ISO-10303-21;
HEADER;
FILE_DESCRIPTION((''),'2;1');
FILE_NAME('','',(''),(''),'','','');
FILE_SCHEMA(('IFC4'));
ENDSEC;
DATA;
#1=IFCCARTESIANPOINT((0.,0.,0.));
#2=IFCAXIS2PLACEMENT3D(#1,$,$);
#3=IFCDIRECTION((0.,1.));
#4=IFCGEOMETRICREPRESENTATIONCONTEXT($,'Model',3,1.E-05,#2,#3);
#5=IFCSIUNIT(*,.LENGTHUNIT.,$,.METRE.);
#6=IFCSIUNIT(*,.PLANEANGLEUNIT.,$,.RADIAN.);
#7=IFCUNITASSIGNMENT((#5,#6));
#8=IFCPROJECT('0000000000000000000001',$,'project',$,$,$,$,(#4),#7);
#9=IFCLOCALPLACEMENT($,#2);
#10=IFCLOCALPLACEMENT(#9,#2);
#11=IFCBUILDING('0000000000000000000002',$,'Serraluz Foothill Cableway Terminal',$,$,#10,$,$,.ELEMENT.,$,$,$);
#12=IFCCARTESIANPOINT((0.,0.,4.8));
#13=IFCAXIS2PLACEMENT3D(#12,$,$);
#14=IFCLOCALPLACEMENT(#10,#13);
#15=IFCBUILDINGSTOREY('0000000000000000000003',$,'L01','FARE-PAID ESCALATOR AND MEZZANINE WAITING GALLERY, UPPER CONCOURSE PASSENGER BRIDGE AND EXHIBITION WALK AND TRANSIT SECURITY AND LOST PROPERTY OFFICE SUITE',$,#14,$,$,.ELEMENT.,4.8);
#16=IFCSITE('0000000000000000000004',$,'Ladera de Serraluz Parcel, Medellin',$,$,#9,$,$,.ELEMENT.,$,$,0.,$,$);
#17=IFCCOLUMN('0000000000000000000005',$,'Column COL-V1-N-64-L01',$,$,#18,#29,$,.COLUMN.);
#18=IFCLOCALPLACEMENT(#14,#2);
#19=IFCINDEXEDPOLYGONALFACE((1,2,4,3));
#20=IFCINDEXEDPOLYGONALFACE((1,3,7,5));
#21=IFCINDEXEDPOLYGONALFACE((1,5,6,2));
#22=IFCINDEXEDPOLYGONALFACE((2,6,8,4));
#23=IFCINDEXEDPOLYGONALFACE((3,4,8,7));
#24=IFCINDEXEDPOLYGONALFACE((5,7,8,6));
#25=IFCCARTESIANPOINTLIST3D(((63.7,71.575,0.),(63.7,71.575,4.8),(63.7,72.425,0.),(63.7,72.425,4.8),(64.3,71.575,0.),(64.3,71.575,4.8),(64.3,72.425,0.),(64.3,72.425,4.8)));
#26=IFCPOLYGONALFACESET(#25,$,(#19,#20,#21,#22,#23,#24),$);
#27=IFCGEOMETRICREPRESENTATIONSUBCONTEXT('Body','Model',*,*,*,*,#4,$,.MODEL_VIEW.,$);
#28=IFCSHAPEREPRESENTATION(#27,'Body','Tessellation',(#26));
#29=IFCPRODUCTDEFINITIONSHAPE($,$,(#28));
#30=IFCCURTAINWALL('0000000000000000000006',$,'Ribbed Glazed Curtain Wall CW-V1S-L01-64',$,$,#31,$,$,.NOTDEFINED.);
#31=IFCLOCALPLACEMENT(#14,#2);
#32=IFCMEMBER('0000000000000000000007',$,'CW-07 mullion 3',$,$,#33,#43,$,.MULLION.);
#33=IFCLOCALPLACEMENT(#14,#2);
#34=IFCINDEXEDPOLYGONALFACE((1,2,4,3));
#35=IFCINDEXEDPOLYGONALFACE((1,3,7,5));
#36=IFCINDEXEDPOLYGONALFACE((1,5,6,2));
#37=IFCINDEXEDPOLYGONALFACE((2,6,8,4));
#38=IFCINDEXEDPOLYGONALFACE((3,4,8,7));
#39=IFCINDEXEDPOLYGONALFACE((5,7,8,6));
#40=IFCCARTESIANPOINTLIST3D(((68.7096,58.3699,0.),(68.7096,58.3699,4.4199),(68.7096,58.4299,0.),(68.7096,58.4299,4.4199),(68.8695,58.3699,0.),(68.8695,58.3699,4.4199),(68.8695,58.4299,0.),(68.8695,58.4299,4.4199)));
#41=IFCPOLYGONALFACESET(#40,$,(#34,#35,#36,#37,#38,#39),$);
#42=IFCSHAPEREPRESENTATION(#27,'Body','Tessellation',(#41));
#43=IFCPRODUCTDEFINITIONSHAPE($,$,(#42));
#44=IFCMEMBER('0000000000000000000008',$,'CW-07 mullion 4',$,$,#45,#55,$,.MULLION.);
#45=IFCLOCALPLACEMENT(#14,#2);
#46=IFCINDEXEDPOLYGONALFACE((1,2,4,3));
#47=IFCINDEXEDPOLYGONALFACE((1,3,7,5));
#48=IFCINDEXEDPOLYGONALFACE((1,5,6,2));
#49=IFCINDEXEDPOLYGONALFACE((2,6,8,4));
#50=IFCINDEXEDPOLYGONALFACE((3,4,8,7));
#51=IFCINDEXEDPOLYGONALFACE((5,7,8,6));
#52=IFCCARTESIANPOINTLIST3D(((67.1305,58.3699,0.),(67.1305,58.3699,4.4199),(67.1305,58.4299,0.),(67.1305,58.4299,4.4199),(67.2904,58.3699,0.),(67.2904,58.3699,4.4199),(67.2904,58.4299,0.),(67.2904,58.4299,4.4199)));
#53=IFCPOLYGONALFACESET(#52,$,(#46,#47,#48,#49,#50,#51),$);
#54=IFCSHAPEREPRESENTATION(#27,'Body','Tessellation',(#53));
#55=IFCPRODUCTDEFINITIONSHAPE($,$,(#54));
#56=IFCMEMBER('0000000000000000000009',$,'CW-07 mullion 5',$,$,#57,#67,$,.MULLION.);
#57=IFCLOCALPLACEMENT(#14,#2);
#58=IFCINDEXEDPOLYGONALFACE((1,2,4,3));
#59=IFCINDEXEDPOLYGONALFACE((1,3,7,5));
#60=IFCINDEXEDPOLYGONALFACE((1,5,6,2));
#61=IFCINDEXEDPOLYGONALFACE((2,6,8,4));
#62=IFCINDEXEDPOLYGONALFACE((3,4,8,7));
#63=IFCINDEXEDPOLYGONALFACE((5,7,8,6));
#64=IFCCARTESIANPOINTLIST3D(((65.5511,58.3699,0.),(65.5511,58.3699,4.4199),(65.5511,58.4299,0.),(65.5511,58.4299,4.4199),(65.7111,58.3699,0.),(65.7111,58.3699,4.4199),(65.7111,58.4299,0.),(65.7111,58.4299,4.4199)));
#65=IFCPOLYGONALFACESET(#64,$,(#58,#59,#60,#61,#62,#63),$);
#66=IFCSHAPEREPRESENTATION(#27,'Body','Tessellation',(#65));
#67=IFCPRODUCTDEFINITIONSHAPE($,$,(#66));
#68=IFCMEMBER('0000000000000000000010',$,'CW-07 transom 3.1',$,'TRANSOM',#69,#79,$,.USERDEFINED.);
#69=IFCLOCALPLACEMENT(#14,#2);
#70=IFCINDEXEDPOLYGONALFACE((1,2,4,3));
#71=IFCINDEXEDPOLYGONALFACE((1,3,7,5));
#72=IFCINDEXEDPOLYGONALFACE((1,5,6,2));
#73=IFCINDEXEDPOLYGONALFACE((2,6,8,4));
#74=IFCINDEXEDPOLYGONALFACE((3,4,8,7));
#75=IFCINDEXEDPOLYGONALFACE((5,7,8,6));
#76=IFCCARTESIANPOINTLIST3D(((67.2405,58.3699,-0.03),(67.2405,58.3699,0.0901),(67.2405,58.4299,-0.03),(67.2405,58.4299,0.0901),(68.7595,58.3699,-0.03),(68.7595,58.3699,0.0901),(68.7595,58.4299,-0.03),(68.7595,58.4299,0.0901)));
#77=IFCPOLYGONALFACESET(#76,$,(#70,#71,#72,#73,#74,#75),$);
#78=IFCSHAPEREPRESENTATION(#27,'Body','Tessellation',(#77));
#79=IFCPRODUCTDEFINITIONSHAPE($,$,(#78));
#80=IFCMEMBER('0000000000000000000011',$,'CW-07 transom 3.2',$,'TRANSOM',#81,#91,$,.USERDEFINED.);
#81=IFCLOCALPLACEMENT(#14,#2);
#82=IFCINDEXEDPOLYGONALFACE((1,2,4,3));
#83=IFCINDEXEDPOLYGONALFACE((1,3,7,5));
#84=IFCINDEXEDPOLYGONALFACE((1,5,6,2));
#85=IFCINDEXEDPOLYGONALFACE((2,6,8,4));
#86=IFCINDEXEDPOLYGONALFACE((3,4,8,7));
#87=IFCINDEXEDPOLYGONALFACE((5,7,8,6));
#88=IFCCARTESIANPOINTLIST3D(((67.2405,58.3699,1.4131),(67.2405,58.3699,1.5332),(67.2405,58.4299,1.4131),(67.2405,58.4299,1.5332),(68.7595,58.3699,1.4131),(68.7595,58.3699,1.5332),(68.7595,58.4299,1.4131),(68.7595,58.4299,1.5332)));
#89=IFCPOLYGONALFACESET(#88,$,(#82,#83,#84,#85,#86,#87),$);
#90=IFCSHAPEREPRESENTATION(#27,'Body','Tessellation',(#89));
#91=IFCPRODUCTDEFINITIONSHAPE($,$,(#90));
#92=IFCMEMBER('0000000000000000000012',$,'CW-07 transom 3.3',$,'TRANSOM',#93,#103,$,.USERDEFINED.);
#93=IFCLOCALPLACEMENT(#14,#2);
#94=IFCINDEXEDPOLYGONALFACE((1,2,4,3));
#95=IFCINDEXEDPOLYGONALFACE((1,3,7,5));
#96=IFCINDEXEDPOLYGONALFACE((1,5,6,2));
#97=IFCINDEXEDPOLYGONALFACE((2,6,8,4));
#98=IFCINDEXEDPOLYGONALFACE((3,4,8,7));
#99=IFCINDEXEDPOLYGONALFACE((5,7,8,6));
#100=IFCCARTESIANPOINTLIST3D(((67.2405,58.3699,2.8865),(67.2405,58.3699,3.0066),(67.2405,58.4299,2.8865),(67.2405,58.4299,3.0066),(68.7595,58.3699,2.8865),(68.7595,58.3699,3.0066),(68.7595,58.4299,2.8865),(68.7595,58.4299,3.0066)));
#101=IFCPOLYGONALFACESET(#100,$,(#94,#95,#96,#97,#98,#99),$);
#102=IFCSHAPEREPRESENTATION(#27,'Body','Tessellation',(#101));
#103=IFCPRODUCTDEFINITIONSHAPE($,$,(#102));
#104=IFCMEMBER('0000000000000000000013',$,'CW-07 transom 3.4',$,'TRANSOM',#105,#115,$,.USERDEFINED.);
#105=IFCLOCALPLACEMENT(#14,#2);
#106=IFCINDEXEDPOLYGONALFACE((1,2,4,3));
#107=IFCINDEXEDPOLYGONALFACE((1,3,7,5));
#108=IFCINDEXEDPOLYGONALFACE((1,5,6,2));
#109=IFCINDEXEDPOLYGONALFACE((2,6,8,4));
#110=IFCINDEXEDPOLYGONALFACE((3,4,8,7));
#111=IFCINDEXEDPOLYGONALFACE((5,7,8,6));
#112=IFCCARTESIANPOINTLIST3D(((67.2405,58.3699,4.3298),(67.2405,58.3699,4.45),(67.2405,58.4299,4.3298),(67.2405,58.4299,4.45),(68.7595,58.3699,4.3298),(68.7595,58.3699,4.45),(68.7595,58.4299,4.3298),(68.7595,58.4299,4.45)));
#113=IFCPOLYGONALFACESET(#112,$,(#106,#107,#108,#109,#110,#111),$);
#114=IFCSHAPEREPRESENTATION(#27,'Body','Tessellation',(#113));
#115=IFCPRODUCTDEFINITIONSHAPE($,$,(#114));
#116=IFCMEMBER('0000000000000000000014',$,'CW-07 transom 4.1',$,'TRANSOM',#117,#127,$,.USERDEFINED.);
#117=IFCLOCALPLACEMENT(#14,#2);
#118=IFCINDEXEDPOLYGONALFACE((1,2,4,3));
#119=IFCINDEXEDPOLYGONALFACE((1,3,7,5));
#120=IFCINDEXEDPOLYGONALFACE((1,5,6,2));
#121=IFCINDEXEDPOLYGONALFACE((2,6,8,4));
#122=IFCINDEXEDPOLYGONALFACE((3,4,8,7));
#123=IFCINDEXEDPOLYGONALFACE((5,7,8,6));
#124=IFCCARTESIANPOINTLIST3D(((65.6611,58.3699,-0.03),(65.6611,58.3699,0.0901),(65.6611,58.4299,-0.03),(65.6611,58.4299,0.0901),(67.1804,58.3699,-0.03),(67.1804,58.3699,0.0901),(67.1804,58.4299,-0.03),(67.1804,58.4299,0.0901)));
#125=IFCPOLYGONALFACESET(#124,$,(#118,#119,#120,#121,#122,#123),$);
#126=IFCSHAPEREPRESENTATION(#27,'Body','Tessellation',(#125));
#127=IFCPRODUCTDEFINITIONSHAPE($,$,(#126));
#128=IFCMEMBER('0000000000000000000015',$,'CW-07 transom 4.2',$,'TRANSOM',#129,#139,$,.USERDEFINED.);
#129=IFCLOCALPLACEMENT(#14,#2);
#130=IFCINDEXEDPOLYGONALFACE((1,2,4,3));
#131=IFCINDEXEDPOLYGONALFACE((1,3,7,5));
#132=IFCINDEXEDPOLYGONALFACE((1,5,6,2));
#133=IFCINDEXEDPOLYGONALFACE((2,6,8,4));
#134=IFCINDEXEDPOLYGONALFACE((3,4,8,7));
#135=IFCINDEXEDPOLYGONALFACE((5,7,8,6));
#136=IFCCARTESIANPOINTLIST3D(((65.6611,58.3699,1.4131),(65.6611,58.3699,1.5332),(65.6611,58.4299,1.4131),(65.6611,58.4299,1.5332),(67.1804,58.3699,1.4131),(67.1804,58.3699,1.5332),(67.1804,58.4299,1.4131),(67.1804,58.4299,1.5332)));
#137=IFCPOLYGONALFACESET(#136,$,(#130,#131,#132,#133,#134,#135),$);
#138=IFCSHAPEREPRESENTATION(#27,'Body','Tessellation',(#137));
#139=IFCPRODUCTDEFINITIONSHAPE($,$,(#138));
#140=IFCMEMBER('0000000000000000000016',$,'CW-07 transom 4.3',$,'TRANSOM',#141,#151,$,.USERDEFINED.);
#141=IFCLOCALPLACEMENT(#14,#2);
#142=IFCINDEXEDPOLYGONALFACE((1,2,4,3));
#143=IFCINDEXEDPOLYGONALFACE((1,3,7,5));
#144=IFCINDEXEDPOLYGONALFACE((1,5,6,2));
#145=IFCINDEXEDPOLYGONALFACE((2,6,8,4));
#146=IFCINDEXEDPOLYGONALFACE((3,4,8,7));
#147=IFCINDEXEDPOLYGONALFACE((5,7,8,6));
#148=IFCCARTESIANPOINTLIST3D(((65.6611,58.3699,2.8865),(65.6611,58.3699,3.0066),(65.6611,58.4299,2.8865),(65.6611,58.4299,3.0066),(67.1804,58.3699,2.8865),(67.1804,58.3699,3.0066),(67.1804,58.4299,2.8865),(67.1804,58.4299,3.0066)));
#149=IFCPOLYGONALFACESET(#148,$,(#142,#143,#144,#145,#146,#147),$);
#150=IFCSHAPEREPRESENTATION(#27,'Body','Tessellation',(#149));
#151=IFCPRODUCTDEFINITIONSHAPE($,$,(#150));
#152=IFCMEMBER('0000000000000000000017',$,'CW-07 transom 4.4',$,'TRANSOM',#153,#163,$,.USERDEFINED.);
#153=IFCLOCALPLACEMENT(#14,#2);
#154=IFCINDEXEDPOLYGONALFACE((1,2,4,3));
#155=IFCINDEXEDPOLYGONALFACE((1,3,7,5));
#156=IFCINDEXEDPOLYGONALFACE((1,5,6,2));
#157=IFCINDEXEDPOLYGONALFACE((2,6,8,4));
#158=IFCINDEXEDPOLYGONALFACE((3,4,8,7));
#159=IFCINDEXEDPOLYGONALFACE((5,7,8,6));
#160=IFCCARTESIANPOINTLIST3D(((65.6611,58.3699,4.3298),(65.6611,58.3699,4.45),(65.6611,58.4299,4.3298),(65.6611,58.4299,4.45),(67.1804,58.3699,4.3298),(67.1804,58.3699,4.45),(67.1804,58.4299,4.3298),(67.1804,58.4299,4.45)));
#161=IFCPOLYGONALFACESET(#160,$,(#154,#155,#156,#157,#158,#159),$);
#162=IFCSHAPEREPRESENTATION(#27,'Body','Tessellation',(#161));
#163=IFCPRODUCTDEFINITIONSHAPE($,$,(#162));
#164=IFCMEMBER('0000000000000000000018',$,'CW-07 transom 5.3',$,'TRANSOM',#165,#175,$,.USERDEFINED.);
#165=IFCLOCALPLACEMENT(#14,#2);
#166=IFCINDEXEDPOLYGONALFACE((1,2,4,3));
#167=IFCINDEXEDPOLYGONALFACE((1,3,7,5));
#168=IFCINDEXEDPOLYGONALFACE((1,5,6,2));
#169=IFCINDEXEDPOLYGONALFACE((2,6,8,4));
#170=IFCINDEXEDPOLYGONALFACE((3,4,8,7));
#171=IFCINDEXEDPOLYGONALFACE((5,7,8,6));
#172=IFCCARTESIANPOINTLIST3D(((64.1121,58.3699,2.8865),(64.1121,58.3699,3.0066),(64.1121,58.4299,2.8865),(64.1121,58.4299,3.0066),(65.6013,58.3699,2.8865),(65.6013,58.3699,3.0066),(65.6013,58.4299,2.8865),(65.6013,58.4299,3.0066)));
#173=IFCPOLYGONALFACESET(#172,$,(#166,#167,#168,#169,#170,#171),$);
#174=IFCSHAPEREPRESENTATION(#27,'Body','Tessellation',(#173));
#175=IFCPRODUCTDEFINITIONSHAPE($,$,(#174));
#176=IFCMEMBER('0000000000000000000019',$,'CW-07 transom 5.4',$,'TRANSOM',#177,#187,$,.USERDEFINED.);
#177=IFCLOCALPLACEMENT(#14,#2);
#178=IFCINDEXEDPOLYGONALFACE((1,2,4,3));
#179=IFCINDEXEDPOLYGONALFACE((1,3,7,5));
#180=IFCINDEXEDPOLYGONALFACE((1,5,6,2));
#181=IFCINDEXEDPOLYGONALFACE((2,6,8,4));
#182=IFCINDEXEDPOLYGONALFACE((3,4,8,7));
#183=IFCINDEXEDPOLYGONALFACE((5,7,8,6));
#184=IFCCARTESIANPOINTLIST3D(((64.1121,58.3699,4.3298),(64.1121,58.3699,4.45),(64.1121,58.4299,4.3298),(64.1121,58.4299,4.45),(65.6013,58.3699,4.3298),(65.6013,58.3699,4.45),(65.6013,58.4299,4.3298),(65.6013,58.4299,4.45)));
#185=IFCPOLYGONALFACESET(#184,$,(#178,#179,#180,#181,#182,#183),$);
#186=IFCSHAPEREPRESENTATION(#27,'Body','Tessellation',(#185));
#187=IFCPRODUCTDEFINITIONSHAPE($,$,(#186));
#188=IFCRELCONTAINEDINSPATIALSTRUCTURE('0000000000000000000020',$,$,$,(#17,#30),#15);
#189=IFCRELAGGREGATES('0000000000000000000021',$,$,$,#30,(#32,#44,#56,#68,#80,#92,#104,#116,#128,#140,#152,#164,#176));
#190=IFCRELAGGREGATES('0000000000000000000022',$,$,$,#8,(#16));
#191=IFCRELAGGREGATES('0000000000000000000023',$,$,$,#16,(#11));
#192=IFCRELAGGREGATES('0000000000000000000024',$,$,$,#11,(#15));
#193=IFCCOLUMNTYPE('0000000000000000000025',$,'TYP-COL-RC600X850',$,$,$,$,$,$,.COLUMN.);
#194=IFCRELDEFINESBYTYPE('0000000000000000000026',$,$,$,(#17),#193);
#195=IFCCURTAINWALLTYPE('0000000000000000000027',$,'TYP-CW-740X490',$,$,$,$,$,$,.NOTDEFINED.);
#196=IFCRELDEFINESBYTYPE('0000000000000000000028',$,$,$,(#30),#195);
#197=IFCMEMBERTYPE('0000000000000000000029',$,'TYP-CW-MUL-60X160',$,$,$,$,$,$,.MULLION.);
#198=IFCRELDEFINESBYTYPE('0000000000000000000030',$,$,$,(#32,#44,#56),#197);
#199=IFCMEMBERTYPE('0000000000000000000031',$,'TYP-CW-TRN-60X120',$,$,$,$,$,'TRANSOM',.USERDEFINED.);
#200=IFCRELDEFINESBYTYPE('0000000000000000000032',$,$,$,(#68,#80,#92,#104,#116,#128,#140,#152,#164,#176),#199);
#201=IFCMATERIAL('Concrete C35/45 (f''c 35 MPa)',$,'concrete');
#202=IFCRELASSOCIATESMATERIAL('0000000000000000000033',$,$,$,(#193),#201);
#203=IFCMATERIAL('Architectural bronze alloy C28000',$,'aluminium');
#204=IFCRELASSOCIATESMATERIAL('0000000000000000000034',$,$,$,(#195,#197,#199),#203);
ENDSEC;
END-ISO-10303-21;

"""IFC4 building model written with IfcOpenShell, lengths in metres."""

from ifc_helpers import new_model, si_unit, direction, frame, origin, origin_2d, place, context, subcontext, project, spatial, rectangle, extrude, material, material_profile, profile_set, type_object, element, aggregate, save


model = new_model("IFC4")

# Units and contexts
model_context = context("Model", 3, precision=1e-05, world=origin(), true_north=direction((0.0, 1.0)))
body_context = subcontext(model_context, "Body", "Model", "MODEL_VIEW")
ifc_project = project(units=[si_unit("LENGTHUNIT", "METRE"), si_unit("PLANEANGLEUNIT", "RADIAN")], contexts=[model_context])

# Site, building, storey
site_placement = place(None, origin())
site = spatial("IfcSite", under=ifc_project, at=site_placement, Name="Ladera de Serraluz Parcel, Medellin", CompositionType="ELEMENT", RefElevation=0.0)
building_placement = place(site_placement, origin())
building = spatial("IfcBuilding", under=site, at=building_placement, Name="Serraluz Foothill Cableway Terminal", CompositionType="ELEMENT")
storey_placement = place(building_placement, frame((0.0, 0.0, 4.8)))
storey = spatial("IfcBuildingStorey", under=building, at=storey_placement, Name="L01", Description="FARE-PAID ESCALATOR AND MEZZANINE WAITING GALLERY, UPPER CONCOURSE PASSENGER BRIDGE AND EXHIBITION WALK AND TRANSIT SECURITY AND LOST PROPERTY OFFICE SUITE", CompositionType="ELEMENT", Elevation=4.8)

# Column
ifc_material_1 = material(Name="Concrete C35/45 (f'c 35 MPa)", Category="concrete")
ifc_material_profile_1 = material_profile(ifc_material_1, rectangle(XDim=0.6001, YDim=0.8501, at=origin_2d()), Name="RC 600x850")
ifc_profile_set_1 = profile_set([ifc_material_profile_1], Name="Concrete C35/45 (f'c 35 MPa)")
column_type = type_object("IfcColumnType", Name="TYP-COL-RC600X850", PredefinedType="COLUMN", material=ifc_profile_set_1)
column_placement = place(storey_placement, frame((64.0, 72.0, 0.0), z_axis=(0.0, 0.0, 1.0), x_axis=(1.0, 0.0, 0.0)))
element("IfcColumn", 1, at=column_placement, inside=storey, type_object=column_type, Name="Column COL-V1-N-64-L01", PredefinedType="COLUMN", context=body_context, shape_type="SweptSolid", body=[
    extrude(rectangle(XDim=0.6001, YDim=0.8501, at=origin_2d()), origin(), (0.0, 0.0, 1.0), 4.8),
])

# Curtain wall, members
ifc_material_2 = material(Name="Architectural bronze alloy C28000", Category="aluminium")
curtain_wall_type = type_object("IfcCurtainWallType", Name="TYP-CW-740X490", PredefinedType="NOTDEFINED", material=ifc_material_2)
curtain_wall_placement = place(storey_placement, origin())
curtain_wall = element("IfcCurtainWall", 2, at=curtain_wall_placement, inside=storey, type_object=curtain_wall_type, Name="Ribbed Glazed Curtain Wall CW-V1S-L01-64", PredefinedType="NOTDEFINED")
ifc_material_profile_2 = material_profile(ifc_material_2, rectangle(XDim=0.0601, YDim=0.1599, at=origin_2d()), Name="ALU MULLION 60x160")
ifc_profile_set_2 = profile_set([ifc_material_profile_2], Name="Architectural bronze alloy C28000")
member_type_1 = type_object("IfcMemberType", Name="TYP-CW-MUL-60X160", PredefinedType="MULLION", material=ifc_profile_set_2)
member_1_placement = place(storey_placement, frame((68.7896, 58.3999, 0.0), z_axis=(0.0, 0.0, 1.0), x_axis=(0.0, -1.0, 0.0)))
member_1 = element("IfcMember", 3, at=member_1_placement, type_object=member_type_1, Name="CW-07 mullion 3", PredefinedType="MULLION", context=body_context, shape_type="SweptSolid", body=[
    extrude(rectangle(XDim=0.0601, YDim=0.1599, at=origin_2d()), origin(), (0.0, 0.0, 1.0), 4.4199),
])
member_2_placement = place(storey_placement, frame((67.2104, 58.3999, 0.0), z_axis=(0.0, 0.0, 1.0), x_axis=(0.0, -1.0, 0.0)))
member_2 = element("IfcMember", 4, at=member_2_placement, type_object=member_type_1, Name="CW-07 mullion 4", PredefinedType="MULLION", context=body_context, shape_type="SweptSolid", body=[
    extrude(rectangle(XDim=0.0601, YDim=0.1599, at=origin_2d()), origin(), (0.0, 0.0, 1.0), 4.4199),
])
member_3_placement = place(storey_placement, frame((65.6311, 58.3999, 0.0), z_axis=(0.0, 0.0, 1.0), x_axis=(0.0, -1.0, 0.0)))
member_3 = element("IfcMember", 5, at=member_3_placement, type_object=member_type_1, Name="CW-07 mullion 5", PredefinedType="MULLION", context=body_context, shape_type="SweptSolid", body=[
    extrude(rectangle(XDim=0.0601, YDim=0.1599, at=origin_2d()), origin(), (0.0, 0.0, 1.0), 4.4199),
])
ifc_material_profile_3 = material_profile(ifc_material_2, rectangle(XDim=0.0601, YDim=0.1201, at=origin_2d()), Name="ALU TRANSOM 60x120")
ifc_profile_set_3 = profile_set([ifc_material_profile_3], Name="Architectural bronze alloy C28000")
member_type_2 = type_object("IfcMemberType", Name="TYP-CW-TRN-60X120", ElementType="TRANSOM", PredefinedType="USERDEFINED", material=ifc_profile_set_3)
member_4_placement = place(storey_placement, frame((68.7595, 58.3999, 0.03), z_axis=(-1.0, 0.0, 0.0), x_axis=(0.0, -1.0, 0.0)))
member_4 = element("IfcMember", 6, at=member_4_placement, type_object=member_type_2, Name="CW-07 transom 3.1", ObjectType="TRANSOM", PredefinedType="USERDEFINED", context=body_context, shape_type="SweptSolid", body=[
    extrude(rectangle(XDim=0.0601, YDim=0.1201, at=origin_2d()), origin(), (0.0, 0.0, 1.0), 1.519),
])
member_5_placement = place(storey_placement, frame((68.7595, 58.3999, 1.4731), z_axis=(-1.0, 0.0, 0.0), x_axis=(0.0, -1.0, 0.0)))
member_5 = element("IfcMember", 7, at=member_5_placement, type_object=member_type_2, Name="CW-07 transom 3.2", ObjectType="TRANSOM", PredefinedType="USERDEFINED", context=body_context, shape_type="SweptSolid", body=[
    extrude(rectangle(XDim=0.0601, YDim=0.1201, at=origin_2d()), origin(), (0.0, 0.0, 1.0), 1.519),
])
member_6_placement = place(storey_placement, frame((68.7595, 58.3999, 2.9465), z_axis=(-1.0, 0.0, 0.0), x_axis=(0.0, -1.0, 0.0)))
member_6 = element("IfcMember", 8, at=member_6_placement, type_object=member_type_2, Name="CW-07 transom 3.3", ObjectType="TRANSOM", PredefinedType="USERDEFINED", context=body_context, shape_type="SweptSolid", body=[
    extrude(rectangle(XDim=0.0601, YDim=0.1201, at=origin_2d()), origin(), (0.0, 0.0, 1.0), 1.519),
])
member_7_placement = place(storey_placement, frame((68.7595, 58.3999, 4.3899), z_axis=(-1.0, 0.0, 0.0), x_axis=(0.0, -1.0, 0.0)))
member_7 = element("IfcMember", 9, at=member_7_placement, type_object=member_type_2, Name="CW-07 transom 3.4", ObjectType="TRANSOM", PredefinedType="USERDEFINED", context=body_context, shape_type="SweptSolid", body=[
    extrude(rectangle(XDim=0.0601, YDim=0.1201, at=origin_2d()), origin(), (0.0, 0.0, 1.0), 1.519),
])
member_8_placement = place(storey_placement, frame((67.1804, 58.3999, 0.03), z_axis=(-1.0, 0.0, 0.0), x_axis=(0.0, -1.0, 0.0)))
member_8 = element("IfcMember", 10, at=member_8_placement, type_object=member_type_2, Name="CW-07 transom 4.1", ObjectType="TRANSOM", PredefinedType="USERDEFINED", context=body_context, shape_type="SweptSolid", body=[
    extrude(rectangle(XDim=0.0601, YDim=0.1201, at=origin_2d()), origin(), (0.0, 0.0, 1.0), 1.5193),
])
member_9_placement = place(storey_placement, frame((67.1804, 58.3999, 1.4731), z_axis=(-1.0, 0.0, 0.0), x_axis=(0.0, -1.0, 0.0)))
member_9 = element("IfcMember", 11, at=member_9_placement, type_object=member_type_2, Name="CW-07 transom 4.2", ObjectType="TRANSOM", PredefinedType="USERDEFINED", context=body_context, shape_type="SweptSolid", body=[
    extrude(rectangle(XDim=0.0601, YDim=0.1201, at=origin_2d()), origin(), (0.0, 0.0, 1.0), 1.5193),
])
member_10_placement = place(storey_placement, frame((67.1804, 58.3999, 2.9465), z_axis=(-1.0, 0.0, 0.0), x_axis=(0.0, -1.0, 0.0)))
member_10 = element("IfcMember", 12, at=member_10_placement, type_object=member_type_2, Name="CW-07 transom 4.3", ObjectType="TRANSOM", PredefinedType="USERDEFINED", context=body_context, shape_type="SweptSolid", body=[
    extrude(rectangle(XDim=0.0601, YDim=0.1201, at=origin_2d()), origin(), (0.0, 0.0, 1.0), 1.5193),
])
member_11_placement = place(storey_placement, frame((67.1804, 58.3999, 4.3899), z_axis=(-1.0, 0.0, 0.0), x_axis=(0.0, -1.0, 0.0)))
member_11 = element("IfcMember", 13, at=member_11_placement, type_object=member_type_2, Name="CW-07 transom 4.4", ObjectType="TRANSOM", PredefinedType="USERDEFINED", context=body_context, shape_type="SweptSolid", body=[
    extrude(rectangle(XDim=0.0601, YDim=0.1201, at=origin_2d()), origin(), (0.0, 0.0, 1.0), 1.5193),
])
member_12_placement = place(storey_placement, frame((65.6013, 58.3999, 2.9465), z_axis=(-1.0, 0.0, 0.0), x_axis=(0.0, -1.0, 0.0)))
member_12 = element("IfcMember", 14, at=member_12_placement, type_object=member_type_2, Name="CW-07 transom 5.3", ObjectType="TRANSOM", PredefinedType="USERDEFINED", context=body_context, shape_type="SweptSolid", body=[
    extrude(rectangle(XDim=0.0601, YDim=0.1201, at=origin_2d()), origin(), (0.0, 0.0, 1.0), 1.4893),
])
member_13_placement = place(storey_placement, frame((65.6013, 58.3999, 4.3899), z_axis=(-1.0, 0.0, 0.0), x_axis=(0.0, -1.0, 0.0)))
member_13 = element("IfcMember", 15, at=member_13_placement, type_object=member_type_2, Name="CW-07 transom 5.4", ObjectType="TRANSOM", PredefinedType="USERDEFINED", context=body_context, shape_type="SweptSolid", body=[
    extrude(rectangle(XDim=0.0601, YDim=0.1201, at=origin_2d()), origin(), (0.0, 0.0, 1.0), 1.4893),
])

aggregate(curtain_wall, [member_1, member_2, member_3, member_4, member_5, member_6, member_7, member_8, member_9, member_10, member_11, member_12, member_13])

save(model, "model.ifc")
